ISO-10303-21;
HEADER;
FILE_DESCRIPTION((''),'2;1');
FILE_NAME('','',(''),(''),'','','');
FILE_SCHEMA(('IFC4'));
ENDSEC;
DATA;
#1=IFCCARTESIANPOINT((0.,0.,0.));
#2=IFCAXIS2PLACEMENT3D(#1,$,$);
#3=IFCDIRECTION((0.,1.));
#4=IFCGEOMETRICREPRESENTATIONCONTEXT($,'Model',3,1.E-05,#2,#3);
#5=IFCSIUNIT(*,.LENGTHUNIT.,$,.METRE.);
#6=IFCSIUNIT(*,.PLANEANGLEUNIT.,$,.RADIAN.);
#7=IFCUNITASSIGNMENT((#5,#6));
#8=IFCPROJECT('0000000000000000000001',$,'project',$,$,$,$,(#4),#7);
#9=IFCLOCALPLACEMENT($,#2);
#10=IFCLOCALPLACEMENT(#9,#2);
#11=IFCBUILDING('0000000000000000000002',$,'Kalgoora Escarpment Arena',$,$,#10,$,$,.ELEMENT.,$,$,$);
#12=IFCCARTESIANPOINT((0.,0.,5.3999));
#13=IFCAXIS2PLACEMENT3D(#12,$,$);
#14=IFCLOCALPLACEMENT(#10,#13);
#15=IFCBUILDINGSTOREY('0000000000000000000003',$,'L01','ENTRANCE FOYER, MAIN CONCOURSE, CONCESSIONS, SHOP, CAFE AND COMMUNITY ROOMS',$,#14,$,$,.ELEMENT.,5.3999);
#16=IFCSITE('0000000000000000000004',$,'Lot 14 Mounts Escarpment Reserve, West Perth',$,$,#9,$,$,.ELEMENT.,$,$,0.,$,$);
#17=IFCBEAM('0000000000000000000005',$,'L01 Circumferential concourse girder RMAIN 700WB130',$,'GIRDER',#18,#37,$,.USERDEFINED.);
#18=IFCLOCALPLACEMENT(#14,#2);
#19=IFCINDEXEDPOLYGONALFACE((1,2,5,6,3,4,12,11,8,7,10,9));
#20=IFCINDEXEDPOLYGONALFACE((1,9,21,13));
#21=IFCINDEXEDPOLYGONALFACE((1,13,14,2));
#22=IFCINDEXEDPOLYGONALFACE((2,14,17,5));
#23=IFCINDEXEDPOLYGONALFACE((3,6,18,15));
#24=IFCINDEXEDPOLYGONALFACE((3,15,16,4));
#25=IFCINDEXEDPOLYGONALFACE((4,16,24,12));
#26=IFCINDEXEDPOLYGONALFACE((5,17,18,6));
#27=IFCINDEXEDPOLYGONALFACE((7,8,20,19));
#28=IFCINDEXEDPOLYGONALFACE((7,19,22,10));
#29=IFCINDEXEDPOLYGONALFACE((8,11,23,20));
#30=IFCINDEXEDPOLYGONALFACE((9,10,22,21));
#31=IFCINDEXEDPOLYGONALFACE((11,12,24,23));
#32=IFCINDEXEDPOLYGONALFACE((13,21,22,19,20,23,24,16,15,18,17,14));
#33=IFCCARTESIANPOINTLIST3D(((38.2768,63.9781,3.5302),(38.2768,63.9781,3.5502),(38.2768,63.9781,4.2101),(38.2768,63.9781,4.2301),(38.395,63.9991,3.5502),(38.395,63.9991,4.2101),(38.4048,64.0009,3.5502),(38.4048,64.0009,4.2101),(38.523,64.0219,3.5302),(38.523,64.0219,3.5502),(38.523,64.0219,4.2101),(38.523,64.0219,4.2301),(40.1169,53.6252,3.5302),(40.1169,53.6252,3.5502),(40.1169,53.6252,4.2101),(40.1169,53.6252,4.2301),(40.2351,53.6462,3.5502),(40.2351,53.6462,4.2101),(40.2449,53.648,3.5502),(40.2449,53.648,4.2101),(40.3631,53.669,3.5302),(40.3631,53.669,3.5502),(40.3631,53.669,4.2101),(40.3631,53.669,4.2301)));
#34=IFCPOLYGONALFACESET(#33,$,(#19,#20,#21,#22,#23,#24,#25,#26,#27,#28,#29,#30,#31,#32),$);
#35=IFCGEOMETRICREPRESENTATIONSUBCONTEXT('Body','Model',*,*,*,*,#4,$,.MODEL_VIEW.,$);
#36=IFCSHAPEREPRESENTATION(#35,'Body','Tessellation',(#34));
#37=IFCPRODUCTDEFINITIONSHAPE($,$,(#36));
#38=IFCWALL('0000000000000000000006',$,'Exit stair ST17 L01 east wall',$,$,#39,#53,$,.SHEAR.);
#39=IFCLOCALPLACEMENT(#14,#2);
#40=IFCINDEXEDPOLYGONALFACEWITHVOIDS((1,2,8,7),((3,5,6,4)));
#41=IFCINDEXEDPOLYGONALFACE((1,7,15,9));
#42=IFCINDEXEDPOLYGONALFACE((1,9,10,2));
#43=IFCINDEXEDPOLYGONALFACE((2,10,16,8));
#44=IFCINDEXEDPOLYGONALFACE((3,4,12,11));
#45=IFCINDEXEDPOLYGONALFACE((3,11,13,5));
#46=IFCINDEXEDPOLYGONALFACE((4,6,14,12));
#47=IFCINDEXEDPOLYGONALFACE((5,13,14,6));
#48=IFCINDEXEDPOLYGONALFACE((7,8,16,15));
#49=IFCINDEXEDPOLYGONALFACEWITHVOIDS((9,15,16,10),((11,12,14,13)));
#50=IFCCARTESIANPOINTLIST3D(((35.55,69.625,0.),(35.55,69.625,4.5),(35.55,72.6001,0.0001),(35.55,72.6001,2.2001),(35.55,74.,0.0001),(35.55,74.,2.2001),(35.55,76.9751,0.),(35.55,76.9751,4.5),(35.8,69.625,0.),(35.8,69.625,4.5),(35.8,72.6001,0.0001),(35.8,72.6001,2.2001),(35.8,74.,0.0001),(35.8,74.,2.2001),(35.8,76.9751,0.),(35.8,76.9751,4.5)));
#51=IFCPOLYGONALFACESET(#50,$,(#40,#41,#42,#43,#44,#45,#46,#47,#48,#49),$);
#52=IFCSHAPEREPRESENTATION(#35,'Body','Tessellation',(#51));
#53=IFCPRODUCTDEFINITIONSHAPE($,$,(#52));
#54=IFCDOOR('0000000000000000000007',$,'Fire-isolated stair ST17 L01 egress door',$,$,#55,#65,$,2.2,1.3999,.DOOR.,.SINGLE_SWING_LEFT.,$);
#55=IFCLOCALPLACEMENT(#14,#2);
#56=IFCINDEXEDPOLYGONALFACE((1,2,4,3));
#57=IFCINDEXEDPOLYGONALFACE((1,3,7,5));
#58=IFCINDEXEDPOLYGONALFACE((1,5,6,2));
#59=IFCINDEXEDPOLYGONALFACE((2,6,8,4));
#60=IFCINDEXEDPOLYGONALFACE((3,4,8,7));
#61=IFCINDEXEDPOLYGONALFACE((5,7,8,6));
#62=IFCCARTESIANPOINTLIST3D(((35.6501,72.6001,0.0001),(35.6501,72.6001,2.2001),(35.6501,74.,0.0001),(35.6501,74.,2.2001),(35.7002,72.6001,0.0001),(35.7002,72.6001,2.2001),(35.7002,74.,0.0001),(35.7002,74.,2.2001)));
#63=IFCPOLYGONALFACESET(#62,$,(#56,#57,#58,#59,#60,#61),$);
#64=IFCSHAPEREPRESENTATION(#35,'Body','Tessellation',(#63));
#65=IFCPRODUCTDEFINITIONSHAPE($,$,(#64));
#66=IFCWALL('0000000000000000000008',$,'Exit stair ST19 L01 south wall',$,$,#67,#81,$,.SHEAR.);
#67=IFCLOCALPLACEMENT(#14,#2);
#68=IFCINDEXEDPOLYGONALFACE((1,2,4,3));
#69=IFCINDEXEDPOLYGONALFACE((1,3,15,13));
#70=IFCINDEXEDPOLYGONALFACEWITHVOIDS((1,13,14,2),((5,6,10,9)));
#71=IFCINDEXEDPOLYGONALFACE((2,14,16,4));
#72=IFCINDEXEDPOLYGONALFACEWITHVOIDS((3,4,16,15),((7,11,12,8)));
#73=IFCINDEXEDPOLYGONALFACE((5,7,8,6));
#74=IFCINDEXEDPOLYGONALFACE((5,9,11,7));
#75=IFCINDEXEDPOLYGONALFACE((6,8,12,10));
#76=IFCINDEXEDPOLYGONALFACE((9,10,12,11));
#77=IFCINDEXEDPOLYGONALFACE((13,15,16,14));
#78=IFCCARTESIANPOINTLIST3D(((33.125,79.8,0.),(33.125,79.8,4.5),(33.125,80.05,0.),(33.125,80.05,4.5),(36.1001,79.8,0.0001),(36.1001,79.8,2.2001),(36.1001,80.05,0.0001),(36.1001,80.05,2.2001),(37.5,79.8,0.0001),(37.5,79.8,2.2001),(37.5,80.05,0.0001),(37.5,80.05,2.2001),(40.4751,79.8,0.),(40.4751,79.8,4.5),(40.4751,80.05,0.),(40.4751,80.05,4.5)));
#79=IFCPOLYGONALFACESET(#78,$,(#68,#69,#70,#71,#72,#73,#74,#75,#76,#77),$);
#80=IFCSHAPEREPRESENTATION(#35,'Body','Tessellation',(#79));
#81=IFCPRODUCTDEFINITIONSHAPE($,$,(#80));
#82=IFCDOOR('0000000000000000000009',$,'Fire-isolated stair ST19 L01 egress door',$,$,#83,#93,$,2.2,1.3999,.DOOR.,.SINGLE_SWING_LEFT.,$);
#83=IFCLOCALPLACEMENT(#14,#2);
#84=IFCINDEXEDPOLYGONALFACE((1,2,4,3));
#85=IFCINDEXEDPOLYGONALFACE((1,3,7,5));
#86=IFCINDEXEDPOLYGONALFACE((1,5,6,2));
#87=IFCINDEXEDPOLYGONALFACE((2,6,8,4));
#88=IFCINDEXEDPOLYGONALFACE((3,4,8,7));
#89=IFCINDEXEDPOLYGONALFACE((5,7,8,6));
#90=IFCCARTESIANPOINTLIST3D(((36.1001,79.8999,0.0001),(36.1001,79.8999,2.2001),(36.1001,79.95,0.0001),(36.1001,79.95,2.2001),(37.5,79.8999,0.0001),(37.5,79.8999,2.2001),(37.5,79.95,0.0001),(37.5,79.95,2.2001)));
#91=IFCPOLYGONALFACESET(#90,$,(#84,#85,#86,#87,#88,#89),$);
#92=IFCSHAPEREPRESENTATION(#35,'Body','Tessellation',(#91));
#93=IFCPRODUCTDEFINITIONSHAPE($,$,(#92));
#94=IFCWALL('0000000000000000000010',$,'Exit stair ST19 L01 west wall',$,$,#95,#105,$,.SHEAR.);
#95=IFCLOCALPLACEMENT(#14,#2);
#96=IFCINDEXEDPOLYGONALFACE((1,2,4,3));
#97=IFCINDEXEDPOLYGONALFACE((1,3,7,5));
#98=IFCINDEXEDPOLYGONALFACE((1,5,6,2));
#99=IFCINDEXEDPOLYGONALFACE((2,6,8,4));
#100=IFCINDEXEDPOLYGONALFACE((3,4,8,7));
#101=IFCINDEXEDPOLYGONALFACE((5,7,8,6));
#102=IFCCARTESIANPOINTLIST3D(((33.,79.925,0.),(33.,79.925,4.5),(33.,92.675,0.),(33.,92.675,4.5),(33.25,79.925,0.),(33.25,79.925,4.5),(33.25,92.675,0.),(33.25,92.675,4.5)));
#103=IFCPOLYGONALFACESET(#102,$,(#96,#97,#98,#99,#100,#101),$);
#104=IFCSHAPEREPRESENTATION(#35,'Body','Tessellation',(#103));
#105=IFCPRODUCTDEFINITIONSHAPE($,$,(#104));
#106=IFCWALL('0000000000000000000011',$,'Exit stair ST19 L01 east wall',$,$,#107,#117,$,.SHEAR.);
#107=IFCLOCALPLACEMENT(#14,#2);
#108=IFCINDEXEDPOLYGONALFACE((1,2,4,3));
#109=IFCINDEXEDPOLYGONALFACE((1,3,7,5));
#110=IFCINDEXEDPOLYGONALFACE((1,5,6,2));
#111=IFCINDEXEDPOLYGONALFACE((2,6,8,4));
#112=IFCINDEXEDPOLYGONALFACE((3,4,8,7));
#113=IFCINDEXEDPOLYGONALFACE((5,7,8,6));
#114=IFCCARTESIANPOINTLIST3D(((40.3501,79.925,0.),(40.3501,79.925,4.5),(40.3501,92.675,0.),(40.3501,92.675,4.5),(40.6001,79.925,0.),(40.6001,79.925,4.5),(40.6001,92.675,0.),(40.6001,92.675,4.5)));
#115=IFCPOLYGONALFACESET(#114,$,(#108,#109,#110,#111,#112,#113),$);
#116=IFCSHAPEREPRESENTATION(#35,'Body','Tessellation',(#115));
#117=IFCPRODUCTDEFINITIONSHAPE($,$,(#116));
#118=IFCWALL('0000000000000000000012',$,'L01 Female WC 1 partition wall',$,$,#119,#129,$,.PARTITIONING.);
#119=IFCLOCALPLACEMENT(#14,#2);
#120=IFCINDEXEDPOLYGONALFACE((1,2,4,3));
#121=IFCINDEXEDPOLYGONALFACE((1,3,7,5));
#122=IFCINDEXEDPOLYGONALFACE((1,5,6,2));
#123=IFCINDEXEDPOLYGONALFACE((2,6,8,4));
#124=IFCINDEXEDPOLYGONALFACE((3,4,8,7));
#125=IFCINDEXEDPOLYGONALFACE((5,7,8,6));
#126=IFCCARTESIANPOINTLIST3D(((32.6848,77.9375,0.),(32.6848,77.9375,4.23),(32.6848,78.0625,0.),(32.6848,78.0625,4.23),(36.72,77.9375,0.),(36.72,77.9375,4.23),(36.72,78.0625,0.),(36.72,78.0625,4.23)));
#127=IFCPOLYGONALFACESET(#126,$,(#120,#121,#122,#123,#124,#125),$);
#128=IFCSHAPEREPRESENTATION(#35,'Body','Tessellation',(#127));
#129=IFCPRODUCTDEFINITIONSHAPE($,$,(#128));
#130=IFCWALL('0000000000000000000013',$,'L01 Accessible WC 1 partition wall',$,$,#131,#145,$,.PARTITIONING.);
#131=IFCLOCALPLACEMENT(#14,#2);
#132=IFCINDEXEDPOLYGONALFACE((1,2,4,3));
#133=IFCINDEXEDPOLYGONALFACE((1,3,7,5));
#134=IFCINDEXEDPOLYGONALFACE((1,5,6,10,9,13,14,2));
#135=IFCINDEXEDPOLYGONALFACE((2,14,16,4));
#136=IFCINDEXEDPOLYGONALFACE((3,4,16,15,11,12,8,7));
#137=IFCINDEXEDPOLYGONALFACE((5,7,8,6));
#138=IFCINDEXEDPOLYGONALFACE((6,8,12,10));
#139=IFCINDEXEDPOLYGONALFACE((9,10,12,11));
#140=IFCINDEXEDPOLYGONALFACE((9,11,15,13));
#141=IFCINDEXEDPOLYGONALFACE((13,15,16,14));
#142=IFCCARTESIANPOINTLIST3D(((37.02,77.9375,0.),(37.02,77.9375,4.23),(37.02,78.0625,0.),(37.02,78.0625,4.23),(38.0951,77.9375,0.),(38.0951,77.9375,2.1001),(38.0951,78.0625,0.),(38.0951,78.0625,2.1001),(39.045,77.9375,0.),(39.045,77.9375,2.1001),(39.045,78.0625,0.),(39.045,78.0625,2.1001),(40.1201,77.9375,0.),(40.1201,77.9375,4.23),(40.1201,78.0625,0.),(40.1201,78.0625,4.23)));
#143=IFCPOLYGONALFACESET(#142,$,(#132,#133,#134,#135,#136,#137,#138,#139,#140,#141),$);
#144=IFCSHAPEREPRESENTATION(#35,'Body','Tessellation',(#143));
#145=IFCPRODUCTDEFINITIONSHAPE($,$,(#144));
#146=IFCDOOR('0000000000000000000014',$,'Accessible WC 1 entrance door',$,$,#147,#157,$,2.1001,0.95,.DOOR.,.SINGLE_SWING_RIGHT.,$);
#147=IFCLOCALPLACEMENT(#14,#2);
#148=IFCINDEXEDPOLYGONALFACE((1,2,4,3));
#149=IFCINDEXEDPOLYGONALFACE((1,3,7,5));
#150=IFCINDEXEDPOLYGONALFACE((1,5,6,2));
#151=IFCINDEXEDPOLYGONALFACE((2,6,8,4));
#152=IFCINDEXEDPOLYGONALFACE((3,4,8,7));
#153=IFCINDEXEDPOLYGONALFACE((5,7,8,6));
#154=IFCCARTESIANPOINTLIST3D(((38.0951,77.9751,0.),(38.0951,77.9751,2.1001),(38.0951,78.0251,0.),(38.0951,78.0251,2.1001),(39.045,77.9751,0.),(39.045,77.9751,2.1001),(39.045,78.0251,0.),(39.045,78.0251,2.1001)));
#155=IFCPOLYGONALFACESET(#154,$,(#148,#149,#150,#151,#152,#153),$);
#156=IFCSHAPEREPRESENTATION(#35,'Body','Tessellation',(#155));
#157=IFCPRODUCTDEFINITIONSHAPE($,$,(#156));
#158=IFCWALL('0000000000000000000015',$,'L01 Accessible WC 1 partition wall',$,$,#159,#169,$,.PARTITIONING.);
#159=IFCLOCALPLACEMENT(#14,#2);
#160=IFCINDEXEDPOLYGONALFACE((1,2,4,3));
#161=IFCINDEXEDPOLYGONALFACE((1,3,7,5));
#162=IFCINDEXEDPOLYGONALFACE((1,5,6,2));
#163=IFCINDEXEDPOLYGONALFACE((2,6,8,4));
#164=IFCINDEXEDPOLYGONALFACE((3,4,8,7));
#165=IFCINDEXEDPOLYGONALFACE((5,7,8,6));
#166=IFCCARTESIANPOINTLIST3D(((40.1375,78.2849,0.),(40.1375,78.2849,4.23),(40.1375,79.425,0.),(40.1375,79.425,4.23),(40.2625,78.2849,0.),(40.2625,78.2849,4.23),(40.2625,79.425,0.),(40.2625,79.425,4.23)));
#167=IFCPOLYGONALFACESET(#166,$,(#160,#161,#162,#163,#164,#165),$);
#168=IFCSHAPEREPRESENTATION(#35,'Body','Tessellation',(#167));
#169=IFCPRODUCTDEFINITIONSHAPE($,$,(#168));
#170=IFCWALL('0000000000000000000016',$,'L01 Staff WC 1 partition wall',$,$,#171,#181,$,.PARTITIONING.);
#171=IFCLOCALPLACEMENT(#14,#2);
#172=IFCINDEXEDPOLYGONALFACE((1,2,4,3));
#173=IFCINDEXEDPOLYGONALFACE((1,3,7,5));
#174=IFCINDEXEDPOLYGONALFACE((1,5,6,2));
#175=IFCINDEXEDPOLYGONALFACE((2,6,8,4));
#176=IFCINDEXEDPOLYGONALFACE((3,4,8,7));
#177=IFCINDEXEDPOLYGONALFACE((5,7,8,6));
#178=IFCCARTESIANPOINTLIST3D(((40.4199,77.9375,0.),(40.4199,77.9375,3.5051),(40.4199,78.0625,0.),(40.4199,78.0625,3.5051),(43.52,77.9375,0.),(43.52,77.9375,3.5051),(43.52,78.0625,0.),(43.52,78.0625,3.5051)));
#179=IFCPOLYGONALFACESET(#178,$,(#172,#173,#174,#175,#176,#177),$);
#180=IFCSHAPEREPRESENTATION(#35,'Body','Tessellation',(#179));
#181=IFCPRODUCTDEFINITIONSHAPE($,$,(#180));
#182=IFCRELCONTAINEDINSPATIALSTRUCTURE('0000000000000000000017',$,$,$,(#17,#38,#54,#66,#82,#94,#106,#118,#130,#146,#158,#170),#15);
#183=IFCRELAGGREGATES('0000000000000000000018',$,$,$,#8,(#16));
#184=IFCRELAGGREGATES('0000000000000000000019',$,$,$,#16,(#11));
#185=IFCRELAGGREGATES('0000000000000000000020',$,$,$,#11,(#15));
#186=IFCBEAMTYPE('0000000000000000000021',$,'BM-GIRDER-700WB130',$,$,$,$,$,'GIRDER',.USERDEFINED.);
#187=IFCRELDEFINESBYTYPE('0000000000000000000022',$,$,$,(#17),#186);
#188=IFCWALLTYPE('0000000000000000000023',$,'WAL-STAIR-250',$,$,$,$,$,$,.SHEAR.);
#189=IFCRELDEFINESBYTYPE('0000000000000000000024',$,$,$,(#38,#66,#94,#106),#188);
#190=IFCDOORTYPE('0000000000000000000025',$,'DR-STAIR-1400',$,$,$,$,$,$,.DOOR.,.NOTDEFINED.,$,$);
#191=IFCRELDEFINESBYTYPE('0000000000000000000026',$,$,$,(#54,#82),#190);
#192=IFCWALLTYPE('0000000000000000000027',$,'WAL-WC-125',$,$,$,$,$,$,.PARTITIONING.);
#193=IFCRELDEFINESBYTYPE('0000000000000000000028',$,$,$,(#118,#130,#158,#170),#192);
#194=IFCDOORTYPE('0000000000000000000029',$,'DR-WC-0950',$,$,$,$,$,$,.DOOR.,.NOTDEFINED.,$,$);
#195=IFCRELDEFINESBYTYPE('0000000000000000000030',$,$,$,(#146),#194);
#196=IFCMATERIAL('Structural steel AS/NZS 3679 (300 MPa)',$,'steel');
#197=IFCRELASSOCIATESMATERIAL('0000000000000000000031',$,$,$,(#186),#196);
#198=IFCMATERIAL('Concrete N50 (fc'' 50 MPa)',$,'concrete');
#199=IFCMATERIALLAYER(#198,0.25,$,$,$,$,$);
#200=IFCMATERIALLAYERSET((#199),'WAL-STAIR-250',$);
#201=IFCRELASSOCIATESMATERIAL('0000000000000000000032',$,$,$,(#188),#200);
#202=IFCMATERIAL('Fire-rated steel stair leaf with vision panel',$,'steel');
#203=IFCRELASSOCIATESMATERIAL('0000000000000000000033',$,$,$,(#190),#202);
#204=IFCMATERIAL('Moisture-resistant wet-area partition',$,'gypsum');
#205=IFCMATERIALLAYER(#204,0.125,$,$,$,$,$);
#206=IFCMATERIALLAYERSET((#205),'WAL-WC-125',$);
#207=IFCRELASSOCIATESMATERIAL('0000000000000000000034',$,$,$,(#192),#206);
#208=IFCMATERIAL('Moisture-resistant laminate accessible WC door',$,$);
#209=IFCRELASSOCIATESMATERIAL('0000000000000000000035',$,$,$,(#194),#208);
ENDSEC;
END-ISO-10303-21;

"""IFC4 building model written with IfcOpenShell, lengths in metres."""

from ifc_helpers import new_model, si_unit, direction, frame, frame_2d, origin, origin_2d, place, context, subcontext, project, spatial, rectangle, i_section, extrude, material, layer, layer_set, material_profile, profile_set, type_object, element, fill, save


model = new_model("IFC4")

# Units and contexts
model_context = context("Model", 3, precision=1e-05, world=origin(), true_north=direction((0.0, 1.0)))
body_context = subcontext(model_context, "Body", "Model", "MODEL_VIEW")
ifc_project = project(units=[si_unit("LENGTHUNIT", "METRE"), si_unit("PLANEANGLEUNIT", "RADIAN")], contexts=[model_context])

# Site, building, storey
site_placement = place(None, origin())
site = spatial("IfcSite", under=ifc_project, at=site_placement, Name="Lot 14 Mounts Escarpment Reserve, West Perth", CompositionType="ELEMENT", RefElevation=0.0)
building_placement = place(site_placement, origin())
building = spatial("IfcBuilding", under=site, at=building_placement, Name="Kalgoora Escarpment Arena", CompositionType="ELEMENT")
storey_placement = place(building_placement, frame((0.0, 0.0, 5.3999)))
storey = spatial("IfcBuildingStorey", under=building, at=storey_placement, Name="L01", Description="ENTRANCE FOYER, MAIN CONCOURSE, CONCESSIONS, SHOP, CAFE AND COMMUNITY ROOMS", CompositionType="ELEMENT", Elevation=5.3999)

# Beam
ifc_material_1 = material(Name="Structural steel AS/NZS 3679 (300 MPa)", Category="steel")
ifc_material_profile_1 = material_profile(ifc_material_1, i_section(OverallWidth=0.25, OverallDepth=0.7, WebThickness=0.01, FlangeThickness=0.02, at=origin_2d()))
ifc_profile_set_1 = profile_set([ifc_material_profile_1], Name="Structural steel AS/NZS 3679 (300 MPa)")
beam_type_1 = type_object("IfcBeamType", Name="BM-GIRDER-700WB130", ElementType="GIRDER", PredefinedType="USERDEFINED", material=ifc_profile_set_1)
beam_1_placement = place(storey_placement, frame((38.3999, 64.0, 3.8801), z_axis=(0.174996, -0.984569, 0.0), x_axis=(0.984569, 0.174996, 0.0)))
element("IfcBeam", 1, at=beam_1_placement, inside=storey, type_object=beam_type_1, Name="L01 Circumferential concourse girder RMAIN 700WB130", ObjectType="GIRDER", PredefinedType="USERDEFINED", context=body_context, shape_type="SweptSolid", body=[
    extrude(i_section(OverallWidth=0.25, OverallDepth=0.7, WebThickness=0.01, FlangeThickness=0.02, at=origin_2d()), origin(), (0.0, 0.0, 1.0), 10.5151),
])

# Walls, openings, doors
ifc_material_2 = material(Name="Concrete N50 (fc' 50 MPa)", Category="concrete")
ifc_layer_1 = layer(ifc_material_2, 0.25)
ifc_layer_set_1 = layer_set([ifc_layer_1], Name="WAL-STAIR-250")
wall_type_1 = type_object("IfcWallType", Name="WAL-STAIR-250", PredefinedType="SHEAR", material=ifc_layer_set_1)
wall_1_placement = place(storey_placement, frame((35.675, 69.625, 0.0), z_axis=(0.0, 0.0, 1.0), x_axis=(0.0, 1.0, 0.0)))
wall_1 = element("IfcWall", 2, at=wall_1_placement, inside=storey, type_object=wall_type_1, Name="Exit stair ST17 L01 east wall", PredefinedType="SHEAR", context=body_context, shape_type="SweptSolid", body=[
    extrude(rectangle(XDim=7.3501, YDim=0.25, at=frame_2d((3.675, 0.0))), origin(), (0.0, 0.0, 1.0), 4.5),
])
opening_1_placement = place(wall_1_placement, frame((2.9751, 0.0, 0.0)))
opening_1 = element("IfcOpeningElement", 3, at=opening_1_placement, cuts=wall_1, PredefinedType="OPENING", context=body_context, shape_type="SweptSolid", body=[
    extrude(rectangle(XDim=1.3999, YDim=2.2, at=frame_2d((0.7, 1.1001))), frame((0.0, 0.135, 0.0), z_axis=(0.0, -1.0, 0.0), x_axis=(1.0, 0.0, 0.0)), (0.0, 0.0, 1.0), 0.27),
])
ifc_material_3 = material(Name="Fire-rated steel stair leaf with vision panel", Category="steel")
door_type_1 = type_object("IfcDoorType", Name="DR-STAIR-1400", OperationType="NOTDEFINED", PredefinedType="DOOR", material=ifc_material_3)
door_1_placement = place(opening_1_placement, origin())
door_1 = element("IfcDoor", 4, at=door_1_placement, inside=storey, type_object=door_type_1, Name="Fire-isolated stair ST17 L01 egress door", OperationType="SINGLE_SWING_LEFT", OverallHeight=2.2, OverallWidth=1.3999, PredefinedType="DOOR", context=body_context, shape_type="SweptSolid", body=[
    extrude(rectangle(XDim=1.3999, YDim=2.2, at=frame_2d((0.7, 1.1001))), frame((0.0, 0.0249, 0.0), z_axis=(0.0, -1.0, 0.0), x_axis=(1.0, 0.0, 0.0)), (0.0, 0.0, 1.0), 0.05),
])
fill(opening_1, door_1)
wall_2_placement = place(storey_placement, frame((33.125, 79.925, 0.0), z_axis=(0.0, 0.0, 1.0), x_axis=(1.0, 0.0, 0.0)))
wall_2 = element("IfcWall", 5, at=wall_2_placement, inside=storey, type_object=wall_type_1, Name="Exit stair ST19 L01 south wall", PredefinedType="SHEAR", context=body_context, shape_type="SweptSolid", body=[
    extrude(rectangle(XDim=7.3501, YDim=0.25, at=frame_2d((3.675, 0.0))), origin(), (0.0, 0.0, 1.0), 4.5),
])
opening_2_placement = place(wall_2_placement, frame((2.9751, 0.0, 0.0)))
opening_2 = element("IfcOpeningElement", 6, at=opening_2_placement, cuts=wall_2, PredefinedType="OPENING", context=body_context, shape_type="SweptSolid", body=[
    extrude(rectangle(XDim=1.3999, YDim=2.2, at=frame_2d((0.7, 1.1001))), frame((0.0, 0.135, 0.0), z_axis=(0.0, -1.0, 0.0), x_axis=(1.0, 0.0, 0.0)), (0.0, 0.0, 1.0), 0.27),
])
door_2_placement = place(opening_2_placement, origin())
door_2 = element("IfcDoor", 7, at=door_2_placement, inside=storey, type_object=door_type_1, Name="Fire-isolated stair ST19 L01 egress door", OperationType="SINGLE_SWING_LEFT", OverallHeight=2.2, OverallWidth=1.3999, PredefinedType="DOOR", context=body_context, shape_type="SweptSolid", body=[
    extrude(rectangle(XDim=1.3999, YDim=2.2, at=frame_2d((0.7, 1.1001))), frame((0.0, 0.0249, 0.0), z_axis=(0.0, -1.0, 0.0), x_axis=(1.0, 0.0, 0.0)), (0.0, 0.0, 1.0), 0.05),
])
fill(opening_2, door_2)

# Walls
for number, where, z_axis, x_axis, name in (
    (8, (33.125, 79.925, 0.0), (0.0, 0.0, 1.0), (0.0, 1.0, 0.0), "Exit stair ST19 L01 west wall"),
    (9, (40.4751, 79.925, 0.0), (0.0, 0.0, 1.0), (0.0, 1.0, 0.0), "Exit stair ST19 L01 east wall"),
):
    element("IfcWall", number, at=place(storey_placement, frame(where, z_axis=z_axis, x_axis=x_axis)), inside=storey, type_object=wall_type_1, Name=name, PredefinedType="SHEAR", context=body_context, shape_type="SweptSolid", body=[
        extrude(rectangle(XDim=12.75, YDim=0.25, at=frame_2d((6.375, 0.0))), origin(), (0.0, 0.0, 1.0), 4.5),
    ])
ifc_material_4 = material(Name="Moisture-resistant wet-area partition", Category="gypsum")
ifc_layer_2 = layer(ifc_material_4, 0.125)
ifc_layer_set_2 = layer_set([ifc_layer_2], Name="WAL-WC-125")
wall_type_2 = type_object("IfcWallType", Name="WAL-WC-125", PredefinedType="PARTITIONING", material=ifc_layer_set_2)
wall_3_placement = place(storey_placement, frame((36.72, 78.0, 0.0), z_axis=(0.0, 0.0, 1.0), x_axis=(-1.0, 0.0, 0.0)))
element("IfcWall", 10, at=wall_3_placement, inside=storey, type_object=wall_type_2, Name="L01 Female WC 1 partition wall", PredefinedType="PARTITIONING", context=body_context, shape_type="SweptSolid", body=[
    extrude(rectangle(XDim=4.0352, YDim=0.125, at=frame_2d((2.0176, 0.0))), origin(), (0.0, 0.0, 1.0), 4.23),
])

# Wall, opening, door
wall_4_placement = place(storey_placement, frame((40.1201, 78.0, 0.0), z_axis=(0.0, 0.0, 1.0), x_axis=(-1.0, 0.0, 0.0)))
wall_4 = element("IfcWall", 11, at=wall_4_placement, inside=storey, type_object=wall_type_2, Name="L01 Accessible WC 1 partition wall", PredefinedType="PARTITIONING", context=body_context, shape_type="SweptSolid", body=[
    extrude(rectangle(XDim=3.1001, YDim=0.125, at=frame_2d((1.55, 0.0))), origin(), (0.0, 0.0, 1.0), 4.23),
])
opening_3_placement = place(wall_4_placement, frame((1.075, 0.0, 0.0)))
opening_3 = element("IfcOpeningElement", 12, at=opening_3_placement, cuts=wall_4, PredefinedType="OPENING", context=body_context, shape_type="SweptSolid", body=[
    extrude(rectangle(XDim=0.95, YDim=2.1001, at=frame_2d((0.4751, 1.05))), frame((0.0, 0.0725, 0.0), z_axis=(0.0, -1.0, 0.0), x_axis=(1.0, 0.0, 0.0)), (0.0, 0.0, 1.0), 0.145),
])
ifc_material_5 = material(Name="Moisture-resistant laminate accessible WC door")
door_type_2 = type_object("IfcDoorType", Name="DR-WC-0950", OperationType="NOTDEFINED", PredefinedType="DOOR", material=ifc_material_5)
door_3_placement = place(opening_3_placement, origin())
door_3 = element("IfcDoor", 13, at=door_3_placement, inside=storey, type_object=door_type_2, Name="Accessible WC 1 entrance door", OperationType="SINGLE_SWING_RIGHT", OverallHeight=2.1001, OverallWidth=0.95, PredefinedType="DOOR", context=body_context, shape_type="SweptSolid", body=[
    extrude(rectangle(XDim=0.95, YDim=2.1001, at=frame_2d((0.4751, 1.05))), frame((0.0, 0.0249, 0.0), z_axis=(0.0, -1.0, 0.0), x_axis=(1.0, 0.0, 0.0)), (0.0, 0.0, 1.0), 0.05),
])
fill(opening_3, door_3)

# Walls
wall_5_placement = place(storey_placement, frame((40.2, 79.425, 0.0), z_axis=(0.0, 0.0, 1.0), x_axis=(0.0, -1.0, 0.0)))
element("IfcWall", 14, at=wall_5_placement, inside=storey, type_object=wall_type_2, Name="L01 Accessible WC 1 partition wall", PredefinedType="PARTITIONING", context=body_context, shape_type="SweptSolid", body=[
    extrude(rectangle(XDim=1.1401, YDim=0.125, at=frame_2d((0.5701, 0.0))), origin(), (0.0, 0.0, 1.0), 4.23),
])
wall_6_placement = place(storey_placement, frame((43.52, 78.0, 0.0), z_axis=(0.0, 0.0, 1.0), x_axis=(-1.0, 0.0, 0.0)))
element("IfcWall", 15, at=wall_6_placement, inside=storey, type_object=wall_type_2, Name="L01 Staff WC 1 partition wall", PredefinedType="PARTITIONING", context=body_context, shape_type="SweptSolid", body=[
    extrude(rectangle(XDim=3.1001, YDim=0.125, at=frame_2d((1.55, 0.0))), origin(), (0.0, 0.0, 1.0), 3.5051),
])

save(model, "model.ifc")
